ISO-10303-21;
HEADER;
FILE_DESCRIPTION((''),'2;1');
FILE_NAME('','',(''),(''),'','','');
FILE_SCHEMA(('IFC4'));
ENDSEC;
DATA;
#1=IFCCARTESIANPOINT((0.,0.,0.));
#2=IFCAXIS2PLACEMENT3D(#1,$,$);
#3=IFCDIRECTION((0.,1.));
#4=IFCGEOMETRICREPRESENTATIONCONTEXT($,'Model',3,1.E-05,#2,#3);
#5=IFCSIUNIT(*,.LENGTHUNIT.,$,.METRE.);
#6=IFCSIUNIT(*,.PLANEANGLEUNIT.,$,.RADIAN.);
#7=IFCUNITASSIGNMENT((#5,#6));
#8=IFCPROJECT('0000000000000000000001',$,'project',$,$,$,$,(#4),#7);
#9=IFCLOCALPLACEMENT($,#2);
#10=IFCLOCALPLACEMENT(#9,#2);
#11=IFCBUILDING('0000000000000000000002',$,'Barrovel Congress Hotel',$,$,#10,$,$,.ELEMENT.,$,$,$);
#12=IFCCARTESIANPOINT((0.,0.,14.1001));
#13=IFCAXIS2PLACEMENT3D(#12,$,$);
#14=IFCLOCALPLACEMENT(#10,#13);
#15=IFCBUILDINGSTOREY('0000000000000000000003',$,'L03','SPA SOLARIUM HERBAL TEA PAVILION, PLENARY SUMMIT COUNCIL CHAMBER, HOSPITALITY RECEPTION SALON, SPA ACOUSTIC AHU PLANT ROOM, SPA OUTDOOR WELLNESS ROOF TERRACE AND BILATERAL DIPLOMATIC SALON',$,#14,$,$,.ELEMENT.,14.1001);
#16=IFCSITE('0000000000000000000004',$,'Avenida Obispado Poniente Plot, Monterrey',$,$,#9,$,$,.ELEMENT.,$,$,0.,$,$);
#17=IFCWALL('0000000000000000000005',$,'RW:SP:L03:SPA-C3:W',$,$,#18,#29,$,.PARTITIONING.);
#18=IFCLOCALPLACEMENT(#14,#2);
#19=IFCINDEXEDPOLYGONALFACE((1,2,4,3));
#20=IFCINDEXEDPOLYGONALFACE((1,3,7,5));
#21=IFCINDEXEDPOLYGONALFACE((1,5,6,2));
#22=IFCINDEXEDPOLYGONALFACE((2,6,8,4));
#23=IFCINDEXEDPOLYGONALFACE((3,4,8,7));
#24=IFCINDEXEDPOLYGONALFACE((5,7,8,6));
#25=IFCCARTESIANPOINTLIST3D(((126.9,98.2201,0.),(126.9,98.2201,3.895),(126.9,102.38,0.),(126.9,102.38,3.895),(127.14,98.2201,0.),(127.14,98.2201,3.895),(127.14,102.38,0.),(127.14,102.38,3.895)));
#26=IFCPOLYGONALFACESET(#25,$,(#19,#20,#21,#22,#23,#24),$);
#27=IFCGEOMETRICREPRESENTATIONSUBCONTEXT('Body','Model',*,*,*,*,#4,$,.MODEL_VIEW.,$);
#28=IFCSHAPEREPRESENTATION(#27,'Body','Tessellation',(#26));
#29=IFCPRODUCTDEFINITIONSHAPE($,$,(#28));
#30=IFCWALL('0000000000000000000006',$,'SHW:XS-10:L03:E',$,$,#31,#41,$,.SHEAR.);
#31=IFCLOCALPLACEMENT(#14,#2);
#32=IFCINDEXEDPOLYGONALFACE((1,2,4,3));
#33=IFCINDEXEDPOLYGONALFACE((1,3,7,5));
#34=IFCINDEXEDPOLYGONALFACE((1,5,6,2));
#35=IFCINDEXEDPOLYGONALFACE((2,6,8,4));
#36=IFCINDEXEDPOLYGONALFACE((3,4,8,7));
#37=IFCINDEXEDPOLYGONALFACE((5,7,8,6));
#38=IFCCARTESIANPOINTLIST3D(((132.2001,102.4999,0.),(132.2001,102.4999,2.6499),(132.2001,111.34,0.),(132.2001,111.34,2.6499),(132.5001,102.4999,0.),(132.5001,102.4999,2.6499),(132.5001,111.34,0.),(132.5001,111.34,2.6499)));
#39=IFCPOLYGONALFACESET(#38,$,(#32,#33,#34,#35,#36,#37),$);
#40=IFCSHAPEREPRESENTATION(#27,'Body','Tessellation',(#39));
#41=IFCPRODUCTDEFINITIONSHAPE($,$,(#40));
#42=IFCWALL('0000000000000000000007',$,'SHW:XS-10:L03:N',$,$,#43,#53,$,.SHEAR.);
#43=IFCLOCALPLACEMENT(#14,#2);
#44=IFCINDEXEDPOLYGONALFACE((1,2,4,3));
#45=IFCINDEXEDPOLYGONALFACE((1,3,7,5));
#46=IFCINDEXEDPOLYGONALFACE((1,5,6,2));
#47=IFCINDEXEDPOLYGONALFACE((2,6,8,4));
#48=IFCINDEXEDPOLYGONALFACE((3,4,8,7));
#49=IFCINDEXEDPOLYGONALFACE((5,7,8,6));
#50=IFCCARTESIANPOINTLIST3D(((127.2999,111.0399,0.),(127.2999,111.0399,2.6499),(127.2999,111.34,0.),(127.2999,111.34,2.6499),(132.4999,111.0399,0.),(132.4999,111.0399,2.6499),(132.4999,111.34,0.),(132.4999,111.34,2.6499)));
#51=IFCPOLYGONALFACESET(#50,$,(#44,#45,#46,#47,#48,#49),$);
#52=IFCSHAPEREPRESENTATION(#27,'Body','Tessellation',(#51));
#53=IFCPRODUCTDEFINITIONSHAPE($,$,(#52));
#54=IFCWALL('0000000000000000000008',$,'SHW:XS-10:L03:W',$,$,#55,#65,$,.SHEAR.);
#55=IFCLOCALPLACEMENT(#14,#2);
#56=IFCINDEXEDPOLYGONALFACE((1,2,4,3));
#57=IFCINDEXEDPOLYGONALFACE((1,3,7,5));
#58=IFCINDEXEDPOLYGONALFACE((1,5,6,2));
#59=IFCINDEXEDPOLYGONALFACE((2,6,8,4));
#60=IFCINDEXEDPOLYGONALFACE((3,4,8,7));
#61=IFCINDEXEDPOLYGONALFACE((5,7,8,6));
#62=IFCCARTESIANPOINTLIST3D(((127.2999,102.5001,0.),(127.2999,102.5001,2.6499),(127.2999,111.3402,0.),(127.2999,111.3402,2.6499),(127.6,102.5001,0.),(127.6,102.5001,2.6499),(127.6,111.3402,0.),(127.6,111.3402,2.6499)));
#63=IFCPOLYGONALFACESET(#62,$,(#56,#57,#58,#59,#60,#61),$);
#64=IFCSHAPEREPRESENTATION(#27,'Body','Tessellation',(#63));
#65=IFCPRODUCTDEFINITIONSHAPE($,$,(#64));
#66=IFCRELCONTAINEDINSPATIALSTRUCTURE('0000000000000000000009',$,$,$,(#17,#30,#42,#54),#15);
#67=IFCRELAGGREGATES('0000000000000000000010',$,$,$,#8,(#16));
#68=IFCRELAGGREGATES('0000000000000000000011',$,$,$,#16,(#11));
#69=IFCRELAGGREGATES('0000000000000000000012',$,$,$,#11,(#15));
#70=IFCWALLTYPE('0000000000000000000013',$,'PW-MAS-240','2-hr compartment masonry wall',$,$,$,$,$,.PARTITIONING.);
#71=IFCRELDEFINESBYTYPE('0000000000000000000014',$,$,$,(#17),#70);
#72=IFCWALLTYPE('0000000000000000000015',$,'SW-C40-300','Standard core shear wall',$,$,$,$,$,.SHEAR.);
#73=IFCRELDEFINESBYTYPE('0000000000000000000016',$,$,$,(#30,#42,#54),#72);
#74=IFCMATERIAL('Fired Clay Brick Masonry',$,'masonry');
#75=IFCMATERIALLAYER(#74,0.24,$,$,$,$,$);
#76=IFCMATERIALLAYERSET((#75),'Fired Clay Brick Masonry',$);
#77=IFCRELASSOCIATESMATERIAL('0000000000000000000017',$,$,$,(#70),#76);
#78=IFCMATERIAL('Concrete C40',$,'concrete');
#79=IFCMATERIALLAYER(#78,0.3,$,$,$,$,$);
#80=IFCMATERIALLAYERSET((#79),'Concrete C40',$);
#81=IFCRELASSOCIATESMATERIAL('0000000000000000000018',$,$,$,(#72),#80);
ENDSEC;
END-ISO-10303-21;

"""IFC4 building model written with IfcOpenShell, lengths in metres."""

from ifc_helpers import new_model, si_unit, direction, frame, frame_2d, origin, place, context, subcontext, project, spatial, rectangle, extrude, material, layer, layer_set, type_object, element, save


model = new_model("IFC4")

# Units and contexts
model_context = context("Model", 3, precision=1e-05, world=origin(), true_north=direction((0.0, 1.0)))
body_context = subcontext(model_context, "Body", "Model", "MODEL_VIEW")
ifc_project = project(units=[si_unit("LENGTHUNIT", "METRE"), si_unit("PLANEANGLEUNIT", "RADIAN")], contexts=[model_context])

# Site, building, storey
site_placement = place(None, origin())
site = spatial("IfcSite", under=ifc_project, at=site_placement, Name="Avenida Obispado Poniente Plot, Monterrey", CompositionType="ELEMENT", RefElevation=0.0)
building_placement = place(site_placement, origin())
building = spatial("IfcBuilding", under=site, at=building_placement, Name="Barrovel Congress Hotel", CompositionType="ELEMENT")
storey_placement = place(building_placement, frame((0.0, 0.0, 14.1001)))
storey = spatial("IfcBuildingStorey", under=building, at=storey_placement, Name="L03", Description="SPA SOLARIUM HERBAL TEA PAVILION, PLENARY SUMMIT COUNCIL CHAMBER, HOSPITALITY RECEPTION SALON, SPA ACOUSTIC AHU PLANT ROOM, SPA OUTDOOR WELLNESS ROOF TERRACE AND BILATERAL DIPLOMATIC SALON", CompositionType="ELEMENT", Elevation=14.1001)

# Shared definitions
ifc_material_1 = material(Name="Concrete C40", Category="concrete")

# Wall
ifc_material_2 = material(Name="Fired Clay Brick Masonry", Category="masonry")
ifc_layer_1 = layer(ifc_material_2, 0.24)
ifc_layer_set_1 = layer_set([ifc_layer_1], Name="Fired Clay Brick Masonry")
wall_type_1 = type_object("IfcWallType", Name="PW-MAS-240", Description="2-hr compartment masonry wall", PredefinedType="PARTITIONING", material=ifc_layer_set_1)
wall_1_placement = place(storey_placement, frame((127.02, 98.22, 0.0), z_axis=(0.0, 0.0, 1.0), x_axis=(0.0, 1.0, 0.0)))
element("IfcWall", 1, at=wall_1_placement, inside=storey, type_object=wall_type_1, Name="RW:SP:L03:SPA-C3:W", PredefinedType="PARTITIONING", context=body_context, shape_type="SweptSolid", body=[
    extrude(rectangle(XDim=4.1599, YDim=0.24, at=frame_2d((2.0801, 0.0))), origin(), (0.0, 0.0, 1.0), 3.895),
])

# Shared definitions
ifc_layer_2 = layer(ifc_material_1, 0.3)
ifc_layer_set_2 = layer_set([ifc_layer_2], Name="Concrete C40")
wall_type_2 = type_object("IfcWallType", Name="SW-C40-300", Description="Standard core shear wall", PredefinedType="SHEAR", material=ifc_layer_set_2)

# Walls
wall_2_placement = place(storey_placement, frame((132.3501, 102.5, 0.0), z_axis=(0.0, 0.0, 1.0), x_axis=(0.0, 1.0, 0.0)))
element("IfcWall", 2, at=wall_2_placement, inside=storey, type_object=wall_type_2, Name="SHW:XS-10:L03:E", PredefinedType="SHEAR", context=body_context, shape_type="SweptSolid", body=[
    extrude(rectangle(XDim=8.8401, YDim=0.3, at=frame_2d((4.4199, 0.0))), origin(), (0.0, 0.0, 1.0), 2.6499),
])
wall_3_placement = place(storey_placement, frame((132.5, 111.1899, 0.0), z_axis=(0.0, 0.0, 1.0), x_axis=(-1.0, 0.0, 0.0)))
element("IfcWall", 3, at=wall_3_placement, inside=storey, type_object=wall_type_2, Name="SHW:XS-10:L03:N", PredefinedType="SHEAR", context=body_context, shape_type="SweptSolid", body=[
    extrude(rectangle(XDim=5.2, YDim=0.3, at=frame_2d((2.6001, 0.0))), origin(), (0.0, 0.0, 1.0), 2.6499),
])
wall_4_placement = place(storey_placement, frame((127.45, 111.3401, 0.0), z_axis=(0.0, 0.0, 1.0), x_axis=(0.0, -1.0, 0.0)))
element("IfcWall", 4, at=wall_4_placement, inside=storey, type_object=wall_type_2, Name="SHW:XS-10:L03:W", PredefinedType="SHEAR", context=body_context, shape_type="SweptSolid", body=[
    extrude(rectangle(XDim=8.8401, YDim=0.3, at=frame_2d((4.4199, 0.0))), origin(), (0.0, 0.0, 1.0), 2.6499),
])

save(model, "model.ifc")
